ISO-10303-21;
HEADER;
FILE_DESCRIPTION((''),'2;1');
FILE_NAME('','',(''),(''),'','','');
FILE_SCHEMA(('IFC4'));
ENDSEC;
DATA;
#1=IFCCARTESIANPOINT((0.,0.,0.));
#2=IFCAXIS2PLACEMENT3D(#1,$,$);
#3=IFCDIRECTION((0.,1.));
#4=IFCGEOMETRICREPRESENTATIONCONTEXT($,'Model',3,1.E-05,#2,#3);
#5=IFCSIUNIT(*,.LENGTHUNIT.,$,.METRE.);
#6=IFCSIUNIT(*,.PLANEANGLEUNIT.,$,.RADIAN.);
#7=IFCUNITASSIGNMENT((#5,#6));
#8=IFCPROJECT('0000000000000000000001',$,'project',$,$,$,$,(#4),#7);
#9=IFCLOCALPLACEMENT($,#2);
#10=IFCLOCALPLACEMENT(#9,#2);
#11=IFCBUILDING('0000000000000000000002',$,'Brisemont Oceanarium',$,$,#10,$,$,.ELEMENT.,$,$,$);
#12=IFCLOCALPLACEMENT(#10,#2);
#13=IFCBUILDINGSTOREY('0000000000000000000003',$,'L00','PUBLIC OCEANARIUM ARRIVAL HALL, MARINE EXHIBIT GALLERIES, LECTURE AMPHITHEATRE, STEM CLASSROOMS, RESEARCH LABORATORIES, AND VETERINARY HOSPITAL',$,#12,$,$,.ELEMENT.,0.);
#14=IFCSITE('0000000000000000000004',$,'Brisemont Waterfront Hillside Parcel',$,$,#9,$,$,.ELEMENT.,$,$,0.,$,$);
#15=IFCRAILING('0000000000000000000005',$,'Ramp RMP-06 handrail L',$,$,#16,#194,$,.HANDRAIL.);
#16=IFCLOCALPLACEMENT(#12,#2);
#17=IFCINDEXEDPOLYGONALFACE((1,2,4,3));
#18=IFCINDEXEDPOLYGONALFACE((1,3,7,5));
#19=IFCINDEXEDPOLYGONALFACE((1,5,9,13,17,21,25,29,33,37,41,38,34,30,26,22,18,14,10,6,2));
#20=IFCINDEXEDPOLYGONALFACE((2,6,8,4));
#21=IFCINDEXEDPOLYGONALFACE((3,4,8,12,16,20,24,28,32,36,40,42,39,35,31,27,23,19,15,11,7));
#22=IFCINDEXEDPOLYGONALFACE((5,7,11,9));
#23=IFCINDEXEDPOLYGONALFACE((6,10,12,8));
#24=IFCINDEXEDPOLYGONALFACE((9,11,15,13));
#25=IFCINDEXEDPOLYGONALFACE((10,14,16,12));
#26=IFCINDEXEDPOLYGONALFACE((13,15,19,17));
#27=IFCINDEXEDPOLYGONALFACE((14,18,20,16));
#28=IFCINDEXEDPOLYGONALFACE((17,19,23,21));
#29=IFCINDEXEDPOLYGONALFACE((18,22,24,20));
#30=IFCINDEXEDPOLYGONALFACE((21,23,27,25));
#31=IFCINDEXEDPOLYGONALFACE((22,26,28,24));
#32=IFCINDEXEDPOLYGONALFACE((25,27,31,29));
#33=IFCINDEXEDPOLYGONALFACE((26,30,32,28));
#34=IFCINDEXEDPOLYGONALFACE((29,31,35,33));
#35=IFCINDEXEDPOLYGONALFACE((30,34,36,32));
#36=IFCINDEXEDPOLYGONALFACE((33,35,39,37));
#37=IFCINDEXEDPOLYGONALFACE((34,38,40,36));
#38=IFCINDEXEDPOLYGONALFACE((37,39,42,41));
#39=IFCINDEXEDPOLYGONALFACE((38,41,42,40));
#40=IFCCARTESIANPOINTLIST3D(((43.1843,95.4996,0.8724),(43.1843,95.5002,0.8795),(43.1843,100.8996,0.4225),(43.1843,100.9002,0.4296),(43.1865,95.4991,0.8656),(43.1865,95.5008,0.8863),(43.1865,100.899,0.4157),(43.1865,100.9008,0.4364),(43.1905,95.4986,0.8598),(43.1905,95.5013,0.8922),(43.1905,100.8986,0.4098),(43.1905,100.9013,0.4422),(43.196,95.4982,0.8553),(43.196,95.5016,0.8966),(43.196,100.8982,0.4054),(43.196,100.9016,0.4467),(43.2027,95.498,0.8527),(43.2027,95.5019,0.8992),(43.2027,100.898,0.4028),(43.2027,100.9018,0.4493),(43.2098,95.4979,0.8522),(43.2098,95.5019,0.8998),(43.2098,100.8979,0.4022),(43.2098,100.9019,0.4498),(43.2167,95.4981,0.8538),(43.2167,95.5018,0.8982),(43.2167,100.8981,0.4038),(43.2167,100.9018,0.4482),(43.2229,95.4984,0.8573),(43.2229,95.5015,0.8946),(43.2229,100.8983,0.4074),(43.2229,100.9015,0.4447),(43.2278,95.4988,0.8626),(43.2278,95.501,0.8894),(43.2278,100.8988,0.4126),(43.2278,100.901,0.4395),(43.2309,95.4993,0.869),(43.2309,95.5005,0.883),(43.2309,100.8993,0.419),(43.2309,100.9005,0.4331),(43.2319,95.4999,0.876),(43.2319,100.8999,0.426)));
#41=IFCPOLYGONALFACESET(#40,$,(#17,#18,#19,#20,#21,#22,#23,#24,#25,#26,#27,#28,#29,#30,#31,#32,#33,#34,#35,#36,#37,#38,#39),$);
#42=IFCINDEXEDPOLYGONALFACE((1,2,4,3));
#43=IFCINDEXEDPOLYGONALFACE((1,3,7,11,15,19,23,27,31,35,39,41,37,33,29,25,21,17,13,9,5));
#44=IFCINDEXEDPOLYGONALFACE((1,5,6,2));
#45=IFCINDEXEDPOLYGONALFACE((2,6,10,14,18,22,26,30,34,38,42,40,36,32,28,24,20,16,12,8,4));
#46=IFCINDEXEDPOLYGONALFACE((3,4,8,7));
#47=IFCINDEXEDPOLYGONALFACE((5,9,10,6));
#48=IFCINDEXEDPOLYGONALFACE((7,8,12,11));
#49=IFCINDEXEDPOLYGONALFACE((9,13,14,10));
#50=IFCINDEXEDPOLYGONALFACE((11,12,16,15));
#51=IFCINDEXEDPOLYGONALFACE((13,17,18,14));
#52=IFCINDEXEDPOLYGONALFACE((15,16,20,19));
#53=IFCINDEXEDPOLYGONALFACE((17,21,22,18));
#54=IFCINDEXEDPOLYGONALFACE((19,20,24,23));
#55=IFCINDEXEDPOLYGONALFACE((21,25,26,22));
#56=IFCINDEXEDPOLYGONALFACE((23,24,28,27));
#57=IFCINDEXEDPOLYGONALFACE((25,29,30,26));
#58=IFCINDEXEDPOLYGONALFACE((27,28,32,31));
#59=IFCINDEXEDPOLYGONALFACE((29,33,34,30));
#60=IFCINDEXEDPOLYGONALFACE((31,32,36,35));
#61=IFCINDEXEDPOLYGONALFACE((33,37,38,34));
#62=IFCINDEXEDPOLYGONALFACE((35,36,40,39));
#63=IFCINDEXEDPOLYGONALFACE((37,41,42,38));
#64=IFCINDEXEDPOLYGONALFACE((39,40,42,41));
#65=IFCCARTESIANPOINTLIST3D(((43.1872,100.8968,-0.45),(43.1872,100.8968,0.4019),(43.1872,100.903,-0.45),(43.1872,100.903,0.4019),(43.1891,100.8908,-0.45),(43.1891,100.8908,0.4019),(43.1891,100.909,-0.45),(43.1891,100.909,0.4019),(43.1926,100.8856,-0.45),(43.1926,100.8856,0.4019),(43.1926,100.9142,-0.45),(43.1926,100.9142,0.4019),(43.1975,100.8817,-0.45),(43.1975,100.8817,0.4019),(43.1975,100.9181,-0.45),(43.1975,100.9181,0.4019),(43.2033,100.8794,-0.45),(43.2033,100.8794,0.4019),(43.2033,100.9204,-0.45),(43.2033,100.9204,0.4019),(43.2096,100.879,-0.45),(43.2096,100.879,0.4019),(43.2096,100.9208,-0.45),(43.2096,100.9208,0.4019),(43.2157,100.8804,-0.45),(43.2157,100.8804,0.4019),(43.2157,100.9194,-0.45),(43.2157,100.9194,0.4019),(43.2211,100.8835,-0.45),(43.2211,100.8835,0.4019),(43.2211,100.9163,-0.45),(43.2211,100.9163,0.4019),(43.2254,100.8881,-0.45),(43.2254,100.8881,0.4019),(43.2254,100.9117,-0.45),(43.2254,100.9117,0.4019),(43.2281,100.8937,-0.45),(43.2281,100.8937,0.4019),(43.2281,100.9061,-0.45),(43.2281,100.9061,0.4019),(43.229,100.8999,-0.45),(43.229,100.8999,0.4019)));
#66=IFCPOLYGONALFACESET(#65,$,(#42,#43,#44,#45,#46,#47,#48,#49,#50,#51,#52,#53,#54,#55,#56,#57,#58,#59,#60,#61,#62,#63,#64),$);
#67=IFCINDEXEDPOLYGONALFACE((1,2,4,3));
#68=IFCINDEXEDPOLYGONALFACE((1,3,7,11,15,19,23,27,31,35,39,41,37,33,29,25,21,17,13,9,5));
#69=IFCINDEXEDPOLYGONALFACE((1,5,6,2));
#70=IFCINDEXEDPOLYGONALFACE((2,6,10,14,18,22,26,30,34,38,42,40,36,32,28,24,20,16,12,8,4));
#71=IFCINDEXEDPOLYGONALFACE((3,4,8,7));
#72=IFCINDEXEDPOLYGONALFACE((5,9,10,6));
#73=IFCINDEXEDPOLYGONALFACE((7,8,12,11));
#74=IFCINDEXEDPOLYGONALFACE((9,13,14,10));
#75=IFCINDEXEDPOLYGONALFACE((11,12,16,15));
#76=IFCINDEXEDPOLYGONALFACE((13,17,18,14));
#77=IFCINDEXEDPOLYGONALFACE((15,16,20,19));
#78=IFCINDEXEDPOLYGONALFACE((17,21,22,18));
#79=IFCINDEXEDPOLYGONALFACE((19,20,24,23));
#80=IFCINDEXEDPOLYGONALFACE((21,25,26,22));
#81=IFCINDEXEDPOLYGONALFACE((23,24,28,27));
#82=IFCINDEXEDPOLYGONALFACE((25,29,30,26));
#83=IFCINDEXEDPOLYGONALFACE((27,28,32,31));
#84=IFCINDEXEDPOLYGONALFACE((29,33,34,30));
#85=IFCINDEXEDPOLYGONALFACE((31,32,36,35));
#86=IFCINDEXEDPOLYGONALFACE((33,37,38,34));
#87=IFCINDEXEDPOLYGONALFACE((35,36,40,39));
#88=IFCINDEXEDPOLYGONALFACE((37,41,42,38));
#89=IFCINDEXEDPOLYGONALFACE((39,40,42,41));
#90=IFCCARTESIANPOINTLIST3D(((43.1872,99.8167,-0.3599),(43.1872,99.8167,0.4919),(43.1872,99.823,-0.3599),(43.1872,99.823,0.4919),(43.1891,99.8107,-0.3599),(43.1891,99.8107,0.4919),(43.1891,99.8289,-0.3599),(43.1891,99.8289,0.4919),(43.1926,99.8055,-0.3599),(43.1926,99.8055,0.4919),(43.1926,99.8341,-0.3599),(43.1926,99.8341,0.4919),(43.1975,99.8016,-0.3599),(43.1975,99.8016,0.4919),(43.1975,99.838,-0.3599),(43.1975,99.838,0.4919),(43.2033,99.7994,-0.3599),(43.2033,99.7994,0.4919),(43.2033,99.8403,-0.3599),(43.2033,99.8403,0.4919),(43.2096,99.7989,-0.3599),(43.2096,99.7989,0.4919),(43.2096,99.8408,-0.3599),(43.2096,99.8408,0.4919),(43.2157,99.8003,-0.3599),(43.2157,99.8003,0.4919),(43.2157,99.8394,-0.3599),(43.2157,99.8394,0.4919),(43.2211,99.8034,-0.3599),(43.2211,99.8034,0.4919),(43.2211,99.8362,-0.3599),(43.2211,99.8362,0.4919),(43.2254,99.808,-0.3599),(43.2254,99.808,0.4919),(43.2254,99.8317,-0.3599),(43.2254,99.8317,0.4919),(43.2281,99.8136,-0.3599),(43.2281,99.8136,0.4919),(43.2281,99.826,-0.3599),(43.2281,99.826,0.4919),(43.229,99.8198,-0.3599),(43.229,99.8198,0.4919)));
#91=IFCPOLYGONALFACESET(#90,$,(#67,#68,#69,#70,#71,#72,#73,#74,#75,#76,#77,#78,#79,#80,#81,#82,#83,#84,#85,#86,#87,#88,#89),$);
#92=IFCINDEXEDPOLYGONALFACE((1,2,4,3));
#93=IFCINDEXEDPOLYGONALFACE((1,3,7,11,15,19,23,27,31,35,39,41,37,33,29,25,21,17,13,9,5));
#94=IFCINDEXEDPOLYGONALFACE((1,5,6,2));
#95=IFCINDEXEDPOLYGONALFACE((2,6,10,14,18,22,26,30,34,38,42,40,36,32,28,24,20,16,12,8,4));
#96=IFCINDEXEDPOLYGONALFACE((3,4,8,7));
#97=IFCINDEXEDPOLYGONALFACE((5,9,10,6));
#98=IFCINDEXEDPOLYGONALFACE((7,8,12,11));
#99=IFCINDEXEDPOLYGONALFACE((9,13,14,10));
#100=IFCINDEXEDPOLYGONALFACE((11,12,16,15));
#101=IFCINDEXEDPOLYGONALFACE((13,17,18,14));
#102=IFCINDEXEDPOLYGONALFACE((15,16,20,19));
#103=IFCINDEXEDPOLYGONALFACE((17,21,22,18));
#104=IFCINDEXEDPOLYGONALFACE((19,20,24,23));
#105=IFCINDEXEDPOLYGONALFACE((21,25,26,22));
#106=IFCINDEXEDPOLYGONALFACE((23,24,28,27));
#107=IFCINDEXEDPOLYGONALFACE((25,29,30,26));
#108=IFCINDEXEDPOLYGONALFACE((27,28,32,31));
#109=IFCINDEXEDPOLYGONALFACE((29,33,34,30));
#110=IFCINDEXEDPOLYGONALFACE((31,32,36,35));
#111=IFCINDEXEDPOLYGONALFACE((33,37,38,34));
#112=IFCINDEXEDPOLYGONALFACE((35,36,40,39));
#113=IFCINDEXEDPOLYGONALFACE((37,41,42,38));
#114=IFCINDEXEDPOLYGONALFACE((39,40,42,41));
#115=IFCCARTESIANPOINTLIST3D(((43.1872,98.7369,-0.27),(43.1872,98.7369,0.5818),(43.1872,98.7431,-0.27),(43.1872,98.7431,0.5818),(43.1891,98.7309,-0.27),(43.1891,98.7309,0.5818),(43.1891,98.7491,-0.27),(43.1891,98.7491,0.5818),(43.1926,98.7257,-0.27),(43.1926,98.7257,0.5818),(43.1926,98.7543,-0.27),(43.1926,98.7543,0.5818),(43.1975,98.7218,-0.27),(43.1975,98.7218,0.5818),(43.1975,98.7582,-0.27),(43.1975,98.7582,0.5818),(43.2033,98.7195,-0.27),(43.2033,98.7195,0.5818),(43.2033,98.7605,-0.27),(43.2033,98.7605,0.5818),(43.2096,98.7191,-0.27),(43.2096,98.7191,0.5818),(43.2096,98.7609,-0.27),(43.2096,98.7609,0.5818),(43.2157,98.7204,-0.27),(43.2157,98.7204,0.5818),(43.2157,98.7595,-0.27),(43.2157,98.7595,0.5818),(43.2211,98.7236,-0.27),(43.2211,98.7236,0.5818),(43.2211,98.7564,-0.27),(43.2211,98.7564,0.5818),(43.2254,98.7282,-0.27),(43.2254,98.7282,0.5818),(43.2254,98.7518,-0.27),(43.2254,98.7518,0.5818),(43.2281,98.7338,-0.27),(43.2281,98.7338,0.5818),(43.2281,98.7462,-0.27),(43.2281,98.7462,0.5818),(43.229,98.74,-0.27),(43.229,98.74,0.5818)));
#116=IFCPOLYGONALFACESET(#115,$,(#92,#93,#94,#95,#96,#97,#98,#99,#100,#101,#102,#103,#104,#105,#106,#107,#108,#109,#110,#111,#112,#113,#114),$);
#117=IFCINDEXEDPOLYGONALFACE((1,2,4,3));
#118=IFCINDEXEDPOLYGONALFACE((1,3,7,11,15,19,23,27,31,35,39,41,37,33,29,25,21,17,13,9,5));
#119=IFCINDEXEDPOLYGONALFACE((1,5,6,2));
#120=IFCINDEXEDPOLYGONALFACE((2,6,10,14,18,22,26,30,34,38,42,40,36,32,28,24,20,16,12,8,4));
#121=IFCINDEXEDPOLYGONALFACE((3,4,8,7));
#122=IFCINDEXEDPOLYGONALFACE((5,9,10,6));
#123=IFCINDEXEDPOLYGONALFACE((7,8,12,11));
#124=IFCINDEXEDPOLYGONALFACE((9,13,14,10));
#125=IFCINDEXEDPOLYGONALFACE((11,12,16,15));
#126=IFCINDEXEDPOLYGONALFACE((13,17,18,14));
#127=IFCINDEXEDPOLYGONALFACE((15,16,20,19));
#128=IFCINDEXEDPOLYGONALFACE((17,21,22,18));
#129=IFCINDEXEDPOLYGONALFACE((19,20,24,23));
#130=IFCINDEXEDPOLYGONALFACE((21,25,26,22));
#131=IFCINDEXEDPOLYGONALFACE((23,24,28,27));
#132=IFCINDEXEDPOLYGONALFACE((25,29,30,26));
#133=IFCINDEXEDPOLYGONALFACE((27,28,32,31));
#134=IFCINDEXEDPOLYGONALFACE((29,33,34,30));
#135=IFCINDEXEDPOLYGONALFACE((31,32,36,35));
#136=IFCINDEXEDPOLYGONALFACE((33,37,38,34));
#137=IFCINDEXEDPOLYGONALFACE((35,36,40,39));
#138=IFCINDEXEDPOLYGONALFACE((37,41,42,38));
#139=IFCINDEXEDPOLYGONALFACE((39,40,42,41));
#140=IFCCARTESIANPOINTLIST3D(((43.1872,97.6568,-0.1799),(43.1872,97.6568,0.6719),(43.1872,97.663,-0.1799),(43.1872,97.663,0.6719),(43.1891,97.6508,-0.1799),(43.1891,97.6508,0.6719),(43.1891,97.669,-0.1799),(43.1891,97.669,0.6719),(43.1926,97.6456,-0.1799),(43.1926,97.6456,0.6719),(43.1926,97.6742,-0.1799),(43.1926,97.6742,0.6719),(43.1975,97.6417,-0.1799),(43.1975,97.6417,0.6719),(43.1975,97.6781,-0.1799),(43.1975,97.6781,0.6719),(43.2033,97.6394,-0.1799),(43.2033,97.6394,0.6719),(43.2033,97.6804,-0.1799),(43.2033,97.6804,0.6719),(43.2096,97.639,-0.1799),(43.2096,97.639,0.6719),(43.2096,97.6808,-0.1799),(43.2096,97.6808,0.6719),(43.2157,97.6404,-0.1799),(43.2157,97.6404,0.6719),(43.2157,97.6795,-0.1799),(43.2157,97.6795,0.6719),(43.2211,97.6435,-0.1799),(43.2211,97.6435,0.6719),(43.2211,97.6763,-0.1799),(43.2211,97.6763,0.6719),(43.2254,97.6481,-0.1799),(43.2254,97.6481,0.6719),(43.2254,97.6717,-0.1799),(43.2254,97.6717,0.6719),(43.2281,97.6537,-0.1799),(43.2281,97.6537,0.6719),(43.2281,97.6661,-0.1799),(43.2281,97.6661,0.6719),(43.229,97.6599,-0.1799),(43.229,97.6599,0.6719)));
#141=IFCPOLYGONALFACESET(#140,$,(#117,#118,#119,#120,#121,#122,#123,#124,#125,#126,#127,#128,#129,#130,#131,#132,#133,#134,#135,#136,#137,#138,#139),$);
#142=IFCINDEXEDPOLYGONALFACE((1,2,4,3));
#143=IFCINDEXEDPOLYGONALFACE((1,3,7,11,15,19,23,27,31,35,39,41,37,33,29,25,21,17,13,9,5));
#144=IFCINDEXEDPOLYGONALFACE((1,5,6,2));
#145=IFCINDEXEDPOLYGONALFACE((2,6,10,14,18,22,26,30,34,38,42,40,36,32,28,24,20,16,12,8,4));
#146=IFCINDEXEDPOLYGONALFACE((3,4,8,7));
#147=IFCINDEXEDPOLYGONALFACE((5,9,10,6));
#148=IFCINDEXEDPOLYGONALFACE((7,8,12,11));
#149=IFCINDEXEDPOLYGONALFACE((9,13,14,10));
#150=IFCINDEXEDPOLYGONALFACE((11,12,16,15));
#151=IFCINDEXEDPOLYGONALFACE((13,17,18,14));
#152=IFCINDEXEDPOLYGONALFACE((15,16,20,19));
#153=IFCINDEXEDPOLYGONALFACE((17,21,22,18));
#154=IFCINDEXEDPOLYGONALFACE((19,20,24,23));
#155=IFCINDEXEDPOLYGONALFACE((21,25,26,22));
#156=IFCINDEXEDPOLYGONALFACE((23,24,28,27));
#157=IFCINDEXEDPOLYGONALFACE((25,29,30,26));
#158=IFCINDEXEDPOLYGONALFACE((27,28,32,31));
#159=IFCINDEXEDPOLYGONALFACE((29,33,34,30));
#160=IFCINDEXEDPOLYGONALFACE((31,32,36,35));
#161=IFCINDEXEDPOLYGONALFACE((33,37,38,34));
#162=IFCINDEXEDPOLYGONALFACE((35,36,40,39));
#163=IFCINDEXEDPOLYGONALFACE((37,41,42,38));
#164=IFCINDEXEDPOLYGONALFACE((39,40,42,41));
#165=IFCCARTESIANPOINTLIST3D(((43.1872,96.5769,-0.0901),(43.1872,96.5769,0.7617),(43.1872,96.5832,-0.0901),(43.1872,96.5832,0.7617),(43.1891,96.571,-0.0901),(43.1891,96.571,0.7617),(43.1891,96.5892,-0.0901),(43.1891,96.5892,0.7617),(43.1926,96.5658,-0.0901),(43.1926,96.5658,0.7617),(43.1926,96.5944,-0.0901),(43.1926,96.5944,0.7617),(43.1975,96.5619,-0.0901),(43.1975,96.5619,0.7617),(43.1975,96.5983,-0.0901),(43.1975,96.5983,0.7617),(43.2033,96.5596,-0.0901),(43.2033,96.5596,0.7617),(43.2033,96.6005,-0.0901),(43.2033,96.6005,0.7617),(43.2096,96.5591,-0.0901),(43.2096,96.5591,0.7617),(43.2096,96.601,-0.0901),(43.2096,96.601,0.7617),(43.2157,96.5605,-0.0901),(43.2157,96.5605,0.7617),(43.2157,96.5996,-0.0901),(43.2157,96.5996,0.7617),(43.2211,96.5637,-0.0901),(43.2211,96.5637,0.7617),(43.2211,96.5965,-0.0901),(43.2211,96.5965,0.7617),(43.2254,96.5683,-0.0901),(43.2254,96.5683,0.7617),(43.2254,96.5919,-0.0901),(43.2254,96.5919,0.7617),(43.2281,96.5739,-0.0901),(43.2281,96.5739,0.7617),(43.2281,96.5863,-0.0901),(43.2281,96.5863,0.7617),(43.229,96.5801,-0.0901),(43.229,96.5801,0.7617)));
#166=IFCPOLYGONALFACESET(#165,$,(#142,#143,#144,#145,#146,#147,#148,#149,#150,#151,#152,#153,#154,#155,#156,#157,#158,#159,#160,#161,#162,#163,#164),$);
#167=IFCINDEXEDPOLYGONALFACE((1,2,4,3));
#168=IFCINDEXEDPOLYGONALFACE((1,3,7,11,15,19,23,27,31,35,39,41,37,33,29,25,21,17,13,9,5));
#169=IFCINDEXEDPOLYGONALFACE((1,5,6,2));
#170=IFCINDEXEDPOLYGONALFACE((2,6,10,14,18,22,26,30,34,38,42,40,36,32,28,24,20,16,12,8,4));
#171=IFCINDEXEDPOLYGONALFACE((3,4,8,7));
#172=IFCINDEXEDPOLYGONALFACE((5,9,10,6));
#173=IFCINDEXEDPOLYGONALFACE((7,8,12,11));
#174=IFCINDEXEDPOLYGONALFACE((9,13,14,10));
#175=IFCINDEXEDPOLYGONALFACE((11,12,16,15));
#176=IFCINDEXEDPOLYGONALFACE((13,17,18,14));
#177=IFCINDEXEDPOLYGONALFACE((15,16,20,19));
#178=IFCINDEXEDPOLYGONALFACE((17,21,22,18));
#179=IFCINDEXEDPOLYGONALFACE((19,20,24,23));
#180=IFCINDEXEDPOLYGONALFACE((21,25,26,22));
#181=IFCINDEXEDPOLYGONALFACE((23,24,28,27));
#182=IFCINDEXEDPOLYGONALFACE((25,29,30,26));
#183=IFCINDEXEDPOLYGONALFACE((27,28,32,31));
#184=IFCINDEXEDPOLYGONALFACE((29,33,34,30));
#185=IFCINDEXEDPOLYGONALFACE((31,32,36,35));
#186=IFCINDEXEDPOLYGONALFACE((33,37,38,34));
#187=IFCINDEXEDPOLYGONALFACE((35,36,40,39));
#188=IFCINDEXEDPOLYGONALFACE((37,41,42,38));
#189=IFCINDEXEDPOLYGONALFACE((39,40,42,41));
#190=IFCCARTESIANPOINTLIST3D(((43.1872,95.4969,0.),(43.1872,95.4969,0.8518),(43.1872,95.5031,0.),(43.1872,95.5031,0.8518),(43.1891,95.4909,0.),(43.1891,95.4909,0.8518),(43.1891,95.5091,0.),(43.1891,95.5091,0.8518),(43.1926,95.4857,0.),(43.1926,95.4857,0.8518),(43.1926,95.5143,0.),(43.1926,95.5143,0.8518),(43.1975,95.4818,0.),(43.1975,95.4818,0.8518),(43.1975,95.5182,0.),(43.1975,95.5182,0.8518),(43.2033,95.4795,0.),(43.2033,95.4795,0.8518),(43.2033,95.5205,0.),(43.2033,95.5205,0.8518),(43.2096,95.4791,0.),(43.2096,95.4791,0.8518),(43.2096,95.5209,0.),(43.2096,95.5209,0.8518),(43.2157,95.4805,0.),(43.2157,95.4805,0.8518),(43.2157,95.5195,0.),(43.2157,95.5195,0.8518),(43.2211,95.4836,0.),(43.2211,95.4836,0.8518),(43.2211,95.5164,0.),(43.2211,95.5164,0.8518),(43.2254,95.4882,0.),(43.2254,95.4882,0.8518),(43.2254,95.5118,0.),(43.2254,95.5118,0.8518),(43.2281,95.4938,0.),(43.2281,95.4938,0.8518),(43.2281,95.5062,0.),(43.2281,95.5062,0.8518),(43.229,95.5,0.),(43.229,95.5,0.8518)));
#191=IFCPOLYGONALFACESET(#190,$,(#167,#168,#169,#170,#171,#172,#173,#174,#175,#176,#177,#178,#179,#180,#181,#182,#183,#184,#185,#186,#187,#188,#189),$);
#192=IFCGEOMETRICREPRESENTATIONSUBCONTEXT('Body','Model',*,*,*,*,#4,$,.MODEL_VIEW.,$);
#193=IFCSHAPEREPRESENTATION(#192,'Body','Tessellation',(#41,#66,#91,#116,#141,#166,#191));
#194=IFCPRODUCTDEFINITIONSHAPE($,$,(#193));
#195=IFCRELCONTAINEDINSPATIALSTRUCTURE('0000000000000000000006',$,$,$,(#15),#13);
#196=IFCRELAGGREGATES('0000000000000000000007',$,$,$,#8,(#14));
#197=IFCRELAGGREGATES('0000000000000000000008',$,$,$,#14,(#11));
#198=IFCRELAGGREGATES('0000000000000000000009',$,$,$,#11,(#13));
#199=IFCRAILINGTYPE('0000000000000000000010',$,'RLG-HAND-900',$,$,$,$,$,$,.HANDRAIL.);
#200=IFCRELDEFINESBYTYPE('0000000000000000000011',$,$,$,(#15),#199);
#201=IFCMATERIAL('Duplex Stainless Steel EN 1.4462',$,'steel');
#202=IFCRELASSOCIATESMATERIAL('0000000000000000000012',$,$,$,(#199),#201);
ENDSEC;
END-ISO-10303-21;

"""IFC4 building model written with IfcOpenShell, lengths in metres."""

from ifc_helpers import new_model, si_unit, direction, frame, origin, origin_2d, place, context, subcontext, project, spatial, circle, extrude, material, type_object, element, save


model = new_model("IFC4")

# Units and contexts
model_context = context("Model", 3, precision=1e-05, world=origin(), true_north=direction((0.0, 1.0)))
body_context = subcontext(model_context, "Body", "Model", "MODEL_VIEW")
ifc_project = project(units=[si_unit("LENGTHUNIT", "METRE"), si_unit("PLANEANGLEUNIT", "RADIAN")], contexts=[model_context])

# Site, building, storey
site_placement = place(None, origin())
site = spatial("IfcSite", under=ifc_project, at=site_placement, Name="Brisemont Waterfront Hillside Parcel", CompositionType="ELEMENT", RefElevation=0.0)
building_placement = place(site_placement, origin())
building = spatial("IfcBuilding", under=site, at=building_placement, Name="Brisemont Oceanarium", CompositionType="ELEMENT")
storey_placement = place(building_placement, origin())
storey = spatial("IfcBuildingStorey", under=building, at=storey_placement, Name="L00", Description="PUBLIC OCEANARIUM ARRIVAL HALL, MARINE EXHIBIT GALLERIES, LECTURE AMPHITHEATRE, STEM CLASSROOMS, RESEARCH LABORATORIES, AND VETERINARY HOSPITAL", CompositionType="ELEMENT", Elevation=0.0)

# Railing
ifc_material_1 = material(Name="Duplex Stainless Steel EN 1.4462", Category="steel")
railing_type = type_object("IfcRailingType", Name="RLG-HAND-900", PredefinedType="HANDRAIL", material=ifc_material_1)
for number, where, name in (
    (1, (43.208, 100.8999, -0.45), "Ramp RMP-06 handrail L"),
):
    element("IfcRailing", number, at=place(storey_placement, frame(where)), inside=storey, type_object=railing_type, Name=name, PredefinedType="HANDRAIL", context=body_context, shape_type="SweptSolid", body=[
        extrude(circle(Radius=0.0239, at=origin_2d()), frame((0.0, 0.0, 0.876), z_axis=(0.0, -0.996546, 0.083038), x_axis=(1.0, 0.0, 0.0)), (0.0, 0.0, 1.0), 5.4187),
        extrude(circle(Radius=0.021, at=origin_2d()), origin(), (0.0, 0.0, 1.0), 0.8518),
        extrude(circle(Radius=0.021, at=origin_2d()), frame((0.0, -1.0801, 0.0901)), (0.0, 0.0, 1.0), 0.8518),
        extrude(circle(Radius=0.021, at=origin_2d()), frame((0.0, -2.1599, 0.1799)), (0.0, 0.0, 1.0), 0.8518),
        extrude(circle(Radius=0.021, at=origin_2d()), frame((0.0, -3.24, 0.27)), (0.0, 0.0, 1.0), 0.8518),
        extrude(circle(Radius=0.021, at=origin_2d()), frame((0.0, -4.3198, 0.3599)), (0.0, 0.0, 1.0), 0.8518),
        extrude(circle(Radius=0.021, at=origin_2d()), frame((0.0, -5.3999, 0.45)), (0.0, 0.0, 1.0), 0.8518),
    ])

save(model, "model.ifc")
